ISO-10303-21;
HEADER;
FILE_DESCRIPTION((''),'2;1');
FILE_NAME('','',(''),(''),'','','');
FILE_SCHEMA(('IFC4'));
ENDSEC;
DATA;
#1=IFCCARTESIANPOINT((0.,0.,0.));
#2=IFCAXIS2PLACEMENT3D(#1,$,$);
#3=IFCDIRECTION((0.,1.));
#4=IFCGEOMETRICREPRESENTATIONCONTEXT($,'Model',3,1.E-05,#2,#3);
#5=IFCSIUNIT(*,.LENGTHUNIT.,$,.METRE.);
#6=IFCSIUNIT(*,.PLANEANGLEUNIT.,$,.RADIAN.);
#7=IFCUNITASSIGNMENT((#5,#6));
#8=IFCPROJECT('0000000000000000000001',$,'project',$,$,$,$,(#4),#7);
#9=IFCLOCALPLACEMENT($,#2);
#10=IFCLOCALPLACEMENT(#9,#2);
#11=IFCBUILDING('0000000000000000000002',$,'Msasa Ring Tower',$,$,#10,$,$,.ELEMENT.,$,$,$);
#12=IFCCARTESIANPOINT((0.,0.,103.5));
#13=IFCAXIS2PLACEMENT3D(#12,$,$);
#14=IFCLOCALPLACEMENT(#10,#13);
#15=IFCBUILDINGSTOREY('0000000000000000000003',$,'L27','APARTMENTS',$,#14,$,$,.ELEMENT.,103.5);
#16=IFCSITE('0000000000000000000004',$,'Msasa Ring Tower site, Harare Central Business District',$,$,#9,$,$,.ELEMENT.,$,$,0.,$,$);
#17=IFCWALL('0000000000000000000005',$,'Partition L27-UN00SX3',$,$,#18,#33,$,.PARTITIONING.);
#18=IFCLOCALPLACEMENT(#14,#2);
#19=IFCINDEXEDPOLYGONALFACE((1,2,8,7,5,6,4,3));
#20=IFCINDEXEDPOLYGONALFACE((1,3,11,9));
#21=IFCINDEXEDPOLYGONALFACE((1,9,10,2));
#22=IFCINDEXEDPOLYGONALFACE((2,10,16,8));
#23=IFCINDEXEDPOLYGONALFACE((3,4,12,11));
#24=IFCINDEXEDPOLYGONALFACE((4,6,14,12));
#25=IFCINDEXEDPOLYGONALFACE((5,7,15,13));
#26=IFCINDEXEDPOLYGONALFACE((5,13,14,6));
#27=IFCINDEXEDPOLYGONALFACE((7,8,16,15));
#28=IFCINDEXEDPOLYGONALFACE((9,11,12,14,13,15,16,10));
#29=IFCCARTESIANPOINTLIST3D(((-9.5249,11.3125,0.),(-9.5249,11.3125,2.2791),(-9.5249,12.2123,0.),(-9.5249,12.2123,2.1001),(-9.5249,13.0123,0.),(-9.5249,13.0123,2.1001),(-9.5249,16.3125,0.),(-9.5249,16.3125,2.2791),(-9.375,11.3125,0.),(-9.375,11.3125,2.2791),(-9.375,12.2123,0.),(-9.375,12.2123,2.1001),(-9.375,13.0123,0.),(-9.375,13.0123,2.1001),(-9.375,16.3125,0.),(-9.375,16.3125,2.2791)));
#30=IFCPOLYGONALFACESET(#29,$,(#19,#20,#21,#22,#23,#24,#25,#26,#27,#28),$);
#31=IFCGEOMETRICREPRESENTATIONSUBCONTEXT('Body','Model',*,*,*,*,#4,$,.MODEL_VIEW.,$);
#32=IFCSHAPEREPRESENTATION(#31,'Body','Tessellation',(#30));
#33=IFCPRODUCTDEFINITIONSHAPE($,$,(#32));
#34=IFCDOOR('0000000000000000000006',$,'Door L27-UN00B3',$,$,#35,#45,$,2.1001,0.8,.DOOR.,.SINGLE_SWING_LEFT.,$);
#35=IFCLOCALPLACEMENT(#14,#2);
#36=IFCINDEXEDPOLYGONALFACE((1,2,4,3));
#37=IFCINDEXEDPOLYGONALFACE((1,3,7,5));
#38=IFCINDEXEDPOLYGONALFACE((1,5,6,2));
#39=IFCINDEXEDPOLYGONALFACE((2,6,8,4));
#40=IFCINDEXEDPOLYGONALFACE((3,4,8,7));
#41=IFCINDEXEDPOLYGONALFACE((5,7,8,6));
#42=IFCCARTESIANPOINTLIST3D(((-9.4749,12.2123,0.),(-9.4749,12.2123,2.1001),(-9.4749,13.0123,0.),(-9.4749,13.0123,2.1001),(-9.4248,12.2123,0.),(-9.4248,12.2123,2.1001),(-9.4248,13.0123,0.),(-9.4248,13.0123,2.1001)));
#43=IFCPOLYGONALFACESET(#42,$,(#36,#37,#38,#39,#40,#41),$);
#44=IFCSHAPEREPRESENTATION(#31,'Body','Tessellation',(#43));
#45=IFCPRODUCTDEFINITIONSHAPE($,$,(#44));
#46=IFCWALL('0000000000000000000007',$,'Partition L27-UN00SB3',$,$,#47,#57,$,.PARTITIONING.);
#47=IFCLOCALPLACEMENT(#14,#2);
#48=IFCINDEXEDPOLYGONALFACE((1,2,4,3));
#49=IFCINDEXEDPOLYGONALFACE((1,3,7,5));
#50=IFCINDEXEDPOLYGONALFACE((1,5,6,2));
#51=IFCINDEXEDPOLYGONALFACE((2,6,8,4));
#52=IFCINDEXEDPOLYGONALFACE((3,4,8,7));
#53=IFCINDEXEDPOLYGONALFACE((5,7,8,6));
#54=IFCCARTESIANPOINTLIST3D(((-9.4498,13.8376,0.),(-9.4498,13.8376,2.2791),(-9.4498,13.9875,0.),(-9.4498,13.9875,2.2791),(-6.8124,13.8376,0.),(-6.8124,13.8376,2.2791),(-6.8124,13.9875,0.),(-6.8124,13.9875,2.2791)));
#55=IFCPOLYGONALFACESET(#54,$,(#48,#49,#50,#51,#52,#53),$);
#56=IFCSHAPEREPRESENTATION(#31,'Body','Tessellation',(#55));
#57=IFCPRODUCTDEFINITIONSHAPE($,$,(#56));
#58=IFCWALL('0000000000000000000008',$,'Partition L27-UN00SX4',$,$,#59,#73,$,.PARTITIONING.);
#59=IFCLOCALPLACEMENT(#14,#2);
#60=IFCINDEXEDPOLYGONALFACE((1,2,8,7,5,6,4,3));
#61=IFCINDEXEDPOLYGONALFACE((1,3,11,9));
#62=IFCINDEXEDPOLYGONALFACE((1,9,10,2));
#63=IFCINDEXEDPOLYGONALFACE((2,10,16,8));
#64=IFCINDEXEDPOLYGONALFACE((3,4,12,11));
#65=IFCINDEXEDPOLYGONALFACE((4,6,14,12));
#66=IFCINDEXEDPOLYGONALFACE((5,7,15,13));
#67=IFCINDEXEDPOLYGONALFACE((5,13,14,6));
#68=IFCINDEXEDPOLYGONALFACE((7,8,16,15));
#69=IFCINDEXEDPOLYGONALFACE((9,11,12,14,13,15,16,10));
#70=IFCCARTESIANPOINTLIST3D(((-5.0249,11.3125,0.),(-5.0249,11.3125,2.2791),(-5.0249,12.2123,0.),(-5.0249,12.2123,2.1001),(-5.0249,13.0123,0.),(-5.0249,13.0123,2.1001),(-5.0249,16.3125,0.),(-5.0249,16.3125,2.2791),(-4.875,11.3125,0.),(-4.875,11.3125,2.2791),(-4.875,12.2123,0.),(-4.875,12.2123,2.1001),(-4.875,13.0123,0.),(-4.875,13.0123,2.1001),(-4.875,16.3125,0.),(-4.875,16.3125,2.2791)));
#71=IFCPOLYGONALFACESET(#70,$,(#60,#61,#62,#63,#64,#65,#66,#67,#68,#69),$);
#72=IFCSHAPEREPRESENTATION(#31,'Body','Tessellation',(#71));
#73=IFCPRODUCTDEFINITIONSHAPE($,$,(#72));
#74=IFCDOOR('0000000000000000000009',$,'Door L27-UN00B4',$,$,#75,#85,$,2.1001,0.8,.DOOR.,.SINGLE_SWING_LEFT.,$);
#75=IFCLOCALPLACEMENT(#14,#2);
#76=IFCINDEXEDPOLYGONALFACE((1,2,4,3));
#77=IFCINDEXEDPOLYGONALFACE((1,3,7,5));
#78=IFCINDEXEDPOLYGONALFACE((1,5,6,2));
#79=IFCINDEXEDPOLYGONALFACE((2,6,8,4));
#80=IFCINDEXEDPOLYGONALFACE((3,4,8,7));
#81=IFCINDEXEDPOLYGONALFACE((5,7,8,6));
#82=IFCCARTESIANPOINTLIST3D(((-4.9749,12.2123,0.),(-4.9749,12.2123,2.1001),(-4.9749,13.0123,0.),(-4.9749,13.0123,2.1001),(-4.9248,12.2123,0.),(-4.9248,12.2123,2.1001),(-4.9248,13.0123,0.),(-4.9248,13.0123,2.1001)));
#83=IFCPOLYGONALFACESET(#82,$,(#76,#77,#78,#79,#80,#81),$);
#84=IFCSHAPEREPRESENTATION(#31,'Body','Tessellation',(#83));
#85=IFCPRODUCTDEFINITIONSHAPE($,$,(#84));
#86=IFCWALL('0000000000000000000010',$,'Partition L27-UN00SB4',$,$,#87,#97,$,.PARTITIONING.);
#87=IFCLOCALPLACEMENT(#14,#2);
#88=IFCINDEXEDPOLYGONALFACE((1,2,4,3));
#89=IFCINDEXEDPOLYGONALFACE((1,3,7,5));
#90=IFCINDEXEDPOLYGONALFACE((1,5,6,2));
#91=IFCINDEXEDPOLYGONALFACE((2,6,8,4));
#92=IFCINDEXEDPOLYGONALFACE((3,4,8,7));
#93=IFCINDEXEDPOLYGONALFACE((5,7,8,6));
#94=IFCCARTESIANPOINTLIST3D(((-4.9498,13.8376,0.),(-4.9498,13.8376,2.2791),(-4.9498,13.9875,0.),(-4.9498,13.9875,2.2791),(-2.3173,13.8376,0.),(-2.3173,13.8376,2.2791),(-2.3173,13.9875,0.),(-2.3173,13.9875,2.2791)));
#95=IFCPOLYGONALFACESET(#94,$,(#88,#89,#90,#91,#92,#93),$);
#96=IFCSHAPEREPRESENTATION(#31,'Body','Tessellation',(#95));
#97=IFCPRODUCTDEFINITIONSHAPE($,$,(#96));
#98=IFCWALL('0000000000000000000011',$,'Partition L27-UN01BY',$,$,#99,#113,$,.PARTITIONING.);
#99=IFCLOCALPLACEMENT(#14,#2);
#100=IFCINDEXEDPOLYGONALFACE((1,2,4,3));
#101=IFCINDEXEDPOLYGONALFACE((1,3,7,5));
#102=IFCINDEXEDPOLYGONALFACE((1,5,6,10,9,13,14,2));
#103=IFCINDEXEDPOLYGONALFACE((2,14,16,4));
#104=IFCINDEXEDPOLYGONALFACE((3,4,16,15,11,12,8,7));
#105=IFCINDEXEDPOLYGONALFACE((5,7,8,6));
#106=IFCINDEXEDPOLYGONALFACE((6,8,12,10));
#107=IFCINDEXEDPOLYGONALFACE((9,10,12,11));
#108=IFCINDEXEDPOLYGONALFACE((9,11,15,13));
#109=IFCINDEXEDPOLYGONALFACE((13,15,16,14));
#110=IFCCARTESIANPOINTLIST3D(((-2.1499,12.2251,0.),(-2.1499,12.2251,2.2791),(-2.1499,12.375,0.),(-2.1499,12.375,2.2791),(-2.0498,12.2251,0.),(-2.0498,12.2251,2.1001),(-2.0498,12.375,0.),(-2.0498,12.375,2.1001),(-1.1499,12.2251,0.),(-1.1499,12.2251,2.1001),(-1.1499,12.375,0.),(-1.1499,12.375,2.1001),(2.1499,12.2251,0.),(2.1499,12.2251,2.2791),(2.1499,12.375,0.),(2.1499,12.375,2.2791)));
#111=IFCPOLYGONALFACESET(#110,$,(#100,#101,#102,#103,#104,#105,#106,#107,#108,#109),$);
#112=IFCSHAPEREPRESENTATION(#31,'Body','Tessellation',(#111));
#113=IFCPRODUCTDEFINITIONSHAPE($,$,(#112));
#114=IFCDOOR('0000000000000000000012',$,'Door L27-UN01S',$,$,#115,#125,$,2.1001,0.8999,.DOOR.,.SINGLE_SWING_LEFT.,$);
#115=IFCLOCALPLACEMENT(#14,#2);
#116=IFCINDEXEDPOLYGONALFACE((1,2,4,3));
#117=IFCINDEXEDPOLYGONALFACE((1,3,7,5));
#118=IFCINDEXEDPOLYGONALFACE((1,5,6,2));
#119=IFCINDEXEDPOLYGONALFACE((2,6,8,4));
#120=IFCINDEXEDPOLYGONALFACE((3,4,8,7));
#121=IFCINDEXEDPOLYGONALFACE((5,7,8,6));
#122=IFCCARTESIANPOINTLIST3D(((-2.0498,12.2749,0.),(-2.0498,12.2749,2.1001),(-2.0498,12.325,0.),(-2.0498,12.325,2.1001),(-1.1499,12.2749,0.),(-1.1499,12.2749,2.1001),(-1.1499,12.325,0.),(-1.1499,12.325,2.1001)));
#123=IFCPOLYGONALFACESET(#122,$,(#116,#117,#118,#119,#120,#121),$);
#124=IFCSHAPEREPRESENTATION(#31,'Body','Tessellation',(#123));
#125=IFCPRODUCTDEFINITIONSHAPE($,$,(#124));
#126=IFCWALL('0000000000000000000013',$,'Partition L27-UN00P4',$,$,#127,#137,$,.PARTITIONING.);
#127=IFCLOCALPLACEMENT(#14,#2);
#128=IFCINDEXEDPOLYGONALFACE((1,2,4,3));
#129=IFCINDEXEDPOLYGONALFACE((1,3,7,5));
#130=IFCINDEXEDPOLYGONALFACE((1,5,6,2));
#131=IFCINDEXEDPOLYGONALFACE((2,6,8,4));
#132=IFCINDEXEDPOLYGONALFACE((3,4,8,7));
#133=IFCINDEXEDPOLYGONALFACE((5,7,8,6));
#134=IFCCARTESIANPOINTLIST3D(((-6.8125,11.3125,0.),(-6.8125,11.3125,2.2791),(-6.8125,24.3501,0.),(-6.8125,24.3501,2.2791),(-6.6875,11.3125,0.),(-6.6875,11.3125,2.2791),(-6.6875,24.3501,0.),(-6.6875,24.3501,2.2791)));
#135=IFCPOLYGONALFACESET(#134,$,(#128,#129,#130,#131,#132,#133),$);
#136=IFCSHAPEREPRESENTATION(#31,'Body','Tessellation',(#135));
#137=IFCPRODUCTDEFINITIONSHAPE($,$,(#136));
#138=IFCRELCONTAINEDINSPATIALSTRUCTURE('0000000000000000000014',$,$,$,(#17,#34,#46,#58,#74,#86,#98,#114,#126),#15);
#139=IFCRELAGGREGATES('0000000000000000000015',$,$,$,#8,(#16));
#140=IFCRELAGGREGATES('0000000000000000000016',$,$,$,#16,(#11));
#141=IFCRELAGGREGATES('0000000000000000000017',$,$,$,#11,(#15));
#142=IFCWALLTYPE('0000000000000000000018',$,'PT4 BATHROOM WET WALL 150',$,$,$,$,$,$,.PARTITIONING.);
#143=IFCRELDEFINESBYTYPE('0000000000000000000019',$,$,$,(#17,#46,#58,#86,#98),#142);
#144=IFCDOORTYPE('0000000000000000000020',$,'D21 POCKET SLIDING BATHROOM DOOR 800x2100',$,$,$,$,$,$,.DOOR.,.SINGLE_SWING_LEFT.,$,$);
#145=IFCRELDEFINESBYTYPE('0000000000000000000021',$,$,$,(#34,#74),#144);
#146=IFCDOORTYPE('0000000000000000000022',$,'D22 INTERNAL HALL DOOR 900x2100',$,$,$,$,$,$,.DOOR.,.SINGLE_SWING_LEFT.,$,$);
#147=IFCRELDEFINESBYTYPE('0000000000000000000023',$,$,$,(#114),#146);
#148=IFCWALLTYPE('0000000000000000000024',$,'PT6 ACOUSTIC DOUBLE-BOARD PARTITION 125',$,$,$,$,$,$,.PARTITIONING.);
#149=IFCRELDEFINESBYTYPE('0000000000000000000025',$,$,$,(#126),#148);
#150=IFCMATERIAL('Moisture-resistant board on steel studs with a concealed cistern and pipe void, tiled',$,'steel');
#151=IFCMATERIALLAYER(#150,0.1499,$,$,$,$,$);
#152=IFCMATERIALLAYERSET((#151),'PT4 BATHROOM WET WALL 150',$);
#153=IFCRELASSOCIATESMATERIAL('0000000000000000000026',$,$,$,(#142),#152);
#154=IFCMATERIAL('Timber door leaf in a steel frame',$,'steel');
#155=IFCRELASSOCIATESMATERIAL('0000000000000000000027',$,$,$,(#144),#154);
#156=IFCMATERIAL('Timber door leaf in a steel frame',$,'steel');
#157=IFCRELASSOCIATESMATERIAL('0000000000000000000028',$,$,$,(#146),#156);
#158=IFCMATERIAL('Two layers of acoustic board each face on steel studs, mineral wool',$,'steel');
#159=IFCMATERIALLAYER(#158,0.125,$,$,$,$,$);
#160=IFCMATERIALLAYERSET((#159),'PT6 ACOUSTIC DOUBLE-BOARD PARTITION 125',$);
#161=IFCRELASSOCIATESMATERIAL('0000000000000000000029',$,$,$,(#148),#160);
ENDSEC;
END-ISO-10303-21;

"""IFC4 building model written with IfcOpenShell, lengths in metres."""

from ifc_helpers import new_model, si_unit, direction, frame, frame_2d, origin, place, context, subcontext, project, spatial, rectangle, extrude, material, layer, layer_set, type_object, element, fill, save


model = new_model("IFC4")

# Units and contexts
model_context = context("Model", 3, precision=1e-05, world=origin(), true_north=direction((0.0, 1.0)))
body_context = subcontext(model_context, "Body", "Model", "MODEL_VIEW")
ifc_project = project(units=[si_unit("LENGTHUNIT", "METRE"), si_unit("PLANEANGLEUNIT", "RADIAN")], contexts=[model_context])

# Site, building, storey
site_placement = place(None, origin())
site = spatial("IfcSite", under=ifc_project, at=site_placement, Name="Msasa Ring Tower site, Harare Central Business District", CompositionType="ELEMENT", RefElevation=0.0)
building_placement = place(site_placement, origin())
building = spatial("IfcBuilding", under=site, at=building_placement, Name="Msasa Ring Tower", CompositionType="ELEMENT")
storey_placement = place(building_placement, frame((0.0, 0.0, 103.5)))
storey = spatial("IfcBuildingStorey", under=building, at=storey_placement, Name="L27", Description="APARTMENTS", CompositionType="ELEMENT", Elevation=103.5)

# Wall, opening, door
ifc_material_1 = material(Name="Moisture-resistant board on steel studs with a concealed cistern and pipe void, tiled", Category="steel")
ifc_layer_1 = layer(ifc_material_1, 0.1499)
ifc_layer_set_1 = layer_set([ifc_layer_1], Name="PT4 BATHROOM WET WALL 150")
wall_type_1 = type_object("IfcWallType", Name="PT4 BATHROOM WET WALL 150", PredefinedType="PARTITIONING", material=ifc_layer_set_1)
wall_1_placement = place(storey_placement, frame((-9.45, 11.3125, 0.0), z_axis=(0.0, 0.0, 1.0), x_axis=(0.0, 1.0, 0.0)))
wall_1 = element("IfcWall", 1, at=wall_1_placement, inside=storey, type_object=wall_type_1, Name="Partition L27-UN00SX3", PredefinedType="PARTITIONING", context=body_context, shape_type="SweptSolid", body=[
    extrude(rectangle(XDim=5.0, YDim=0.1499, at=frame_2d((2.5, 0.0))), origin(), (0.0, 0.0, 1.0), 2.2791),
])
opening_1_placement = place(wall_1_placement, frame((0.8999, 0.0, 0.0)))
opening_1 = element("IfcOpeningElement", 2, at=opening_1_placement, cuts=wall_1, PredefinedType="OPENING", context=body_context, shape_type="SweptSolid", body=[
    extrude(rectangle(XDim=0.8, YDim=2.1001, at=frame_2d((0.3999, 1.05))), frame((0.0, 0.085, 0.0), z_axis=(0.0, -1.0, 0.0), x_axis=(1.0, 0.0, 0.0)), (0.0, 0.0, 1.0), 0.1699),
])
ifc_material_2 = material(Name="Timber door leaf in a steel frame", Category="steel")
door_type_1 = type_object("IfcDoorType", Name="D21 POCKET SLIDING BATHROOM DOOR 800x2100", OperationType="SINGLE_SWING_LEFT", PredefinedType="DOOR", material=ifc_material_2)
door_1_placement = place(opening_1_placement, origin())
door_1 = element("IfcDoor", 3, at=door_1_placement, inside=storey, type_object=door_type_1, Name="Door L27-UN00B3", OperationType="SINGLE_SWING_LEFT", OverallHeight=2.1001, OverallWidth=0.8, PredefinedType="DOOR", context=body_context, shape_type="SweptSolid", body=[
    extrude(rectangle(XDim=0.8, YDim=2.1001, at=frame_2d((0.3999, 1.05))), frame((0.0, 0.0249, 0.0), z_axis=(0.0, -1.0, 0.0), x_axis=(1.0, 0.0, 0.0)), (0.0, 0.0, 1.0), 0.05),
])
fill(opening_1, door_1)

# Wall
wall_2_placement = place(storey_placement, frame((-9.45, 13.9126, 0.0), z_axis=(0.0, 0.0, 1.0), x_axis=(1.0, 0.0, 0.0)))
element("IfcWall", 4, at=wall_2_placement, inside=storey, type_object=wall_type_1, Name="Partition L27-UN00SB3", PredefinedType="PARTITIONING", context=body_context, shape_type="SweptSolid", body=[
    extrude(rectangle(XDim=2.6375, YDim=0.1499, at=frame_2d((1.3188, 0.0))), origin(), (0.0, 0.0, 1.0), 2.2791),
])

# Wall, opening, door
wall_3_placement = place(storey_placement, frame((-4.95, 11.3125, 0.0), z_axis=(0.0, 0.0, 1.0), x_axis=(0.0, 1.0, 0.0)))
wall_3 = element("IfcWall", 5, at=wall_3_placement, inside=storey, type_object=wall_type_1, Name="Partition L27-UN00SX4", PredefinedType="PARTITIONING", context=body_context, shape_type="SweptSolid", body=[
    extrude(rectangle(XDim=5.0, YDim=0.1499, at=frame_2d((2.5, 0.0))), origin(), (0.0, 0.0, 1.0), 2.2791),
])
opening_2_placement = place(wall_3_placement, frame((0.8999, 0.0, 0.0)))
opening_2 = element("IfcOpeningElement", 6, at=opening_2_placement, cuts=wall_3, PredefinedType="OPENING", context=body_context, shape_type="SweptSolid", body=[
    extrude(rectangle(XDim=0.8, YDim=2.1001, at=frame_2d((0.3999, 1.05))), frame((0.0, 0.085, 0.0), z_axis=(0.0, -1.0, 0.0), x_axis=(1.0, 0.0, 0.0)), (0.0, 0.0, 1.0), 0.1699),
])
door_2_placement = place(opening_2_placement, origin())
door_2 = element("IfcDoor", 7, at=door_2_placement, inside=storey, type_object=door_type_1, Name="Door L27-UN00B4", OperationType="SINGLE_SWING_LEFT", OverallHeight=2.1001, OverallWidth=0.8, PredefinedType="DOOR", context=body_context, shape_type="SweptSolid", body=[
    extrude(rectangle(XDim=0.8, YDim=2.1001, at=frame_2d((0.3999, 1.05))), frame((0.0, 0.0249, 0.0), z_axis=(0.0, -1.0, 0.0), x_axis=(1.0, 0.0, 0.0)), (0.0, 0.0, 1.0), 0.05),
])
fill(opening_2, door_2)

# Wall
wall_4_placement = place(storey_placement, frame((-4.95, 13.9126, 0.0), z_axis=(0.0, 0.0, 1.0), x_axis=(1.0, 0.0, 0.0)))
element("IfcWall", 8, at=wall_4_placement, inside=storey, type_object=wall_type_1, Name="Partition L27-UN00SB4", PredefinedType="PARTITIONING", context=body_context, shape_type="SweptSolid", body=[
    extrude(rectangle(XDim=2.6326, YDim=0.1499, at=frame_2d((1.3164, 0.0))), origin(), (0.0, 0.0, 1.0), 2.2791),
])

# Wall, opening, door
wall_5_placement = place(storey_placement, frame((-2.1499, 12.3, 0.0), z_axis=(0.0, 0.0, 1.0), x_axis=(1.0, 0.0, 0.0)))
wall_5 = element("IfcWall", 9, at=wall_5_placement, inside=storey, type_object=wall_type_1, Name="Partition L27-UN01BY", PredefinedType="PARTITIONING", context=body_context, shape_type="SweptSolid", body=[
    extrude(rectangle(XDim=4.2998, YDim=0.1499, at=frame_2d((2.1499, 0.0))), origin(), (0.0, 0.0, 1.0), 2.2791),
])
opening_3_placement = place(wall_5_placement, frame((0.1001, 0.0, 0.0)))
opening_3 = element("IfcOpeningElement", 10, at=opening_3_placement, cuts=wall_5, PredefinedType="OPENING", context=body_context, shape_type="SweptSolid", body=[
    extrude(rectangle(XDim=0.8999, YDim=2.1001, at=frame_2d((0.45, 1.05))), frame((0.0, 0.085, 0.0), z_axis=(0.0, -1.0, 0.0), x_axis=(1.0, 0.0, 0.0)), (0.0, 0.0, 1.0), 0.1699),
])
ifc_material_3 = material(Name="Timber door leaf in a steel frame", Category="steel")
door_type_2 = type_object("IfcDoorType", Name="D22 INTERNAL HALL DOOR 900x2100", OperationType="SINGLE_SWING_LEFT", PredefinedType="DOOR", material=ifc_material_3)
door_3_placement = place(opening_3_placement, origin())
door_3 = element("IfcDoor", 11, at=door_3_placement, inside=storey, type_object=door_type_2, Name="Door L27-UN01S", OperationType="SINGLE_SWING_LEFT", OverallHeight=2.1001, OverallWidth=0.8999, PredefinedType="DOOR", context=body_context, shape_type="SweptSolid", body=[
    extrude(rectangle(XDim=0.8999, YDim=2.1001, at=frame_2d((0.45, 1.05))), frame((0.0, 0.0249, 0.0), z_axis=(0.0, -1.0, 0.0), x_axis=(1.0, 0.0, 0.0)), (0.0, 0.0, 1.0), 0.05),
])
fill(opening_3, door_3)

# Wall
ifc_material_4 = material(Name="Two layers of acoustic board each face on steel studs, mineral wool", Category="steel")
ifc_layer_2 = layer(ifc_material_4, 0.125)
ifc_layer_set_2 = layer_set([ifc_layer_2], Name="PT6 ACOUSTIC DOUBLE-BOARD PARTITION 125")
wall_type_2 = type_object("IfcWallType", Name="PT6 ACOUSTIC DOUBLE-BOARD PARTITION 125", PredefinedType="PARTITIONING", material=ifc_layer_set_2)
wall_6_placement = place(storey_placement, frame((-6.75, 11.3125, 0.0), z_axis=(0.0, 0.0, 1.0), x_axis=(0.0, 1.0, 0.0)))
element("IfcWall", 12, at=wall_6_placement, inside=storey, type_object=wall_type_2, Name="Partition L27-UN00P4", PredefinedType="PARTITIONING", context=body_context, shape_type="SweptSolid", body=[
    extrude(rectangle(XDim=13.0376, YDim=0.125, at=frame_2d((6.5188, 0.0))), origin(), (0.0, 0.0, 1.0), 2.2791),
])

save(model, "model.ifc")
